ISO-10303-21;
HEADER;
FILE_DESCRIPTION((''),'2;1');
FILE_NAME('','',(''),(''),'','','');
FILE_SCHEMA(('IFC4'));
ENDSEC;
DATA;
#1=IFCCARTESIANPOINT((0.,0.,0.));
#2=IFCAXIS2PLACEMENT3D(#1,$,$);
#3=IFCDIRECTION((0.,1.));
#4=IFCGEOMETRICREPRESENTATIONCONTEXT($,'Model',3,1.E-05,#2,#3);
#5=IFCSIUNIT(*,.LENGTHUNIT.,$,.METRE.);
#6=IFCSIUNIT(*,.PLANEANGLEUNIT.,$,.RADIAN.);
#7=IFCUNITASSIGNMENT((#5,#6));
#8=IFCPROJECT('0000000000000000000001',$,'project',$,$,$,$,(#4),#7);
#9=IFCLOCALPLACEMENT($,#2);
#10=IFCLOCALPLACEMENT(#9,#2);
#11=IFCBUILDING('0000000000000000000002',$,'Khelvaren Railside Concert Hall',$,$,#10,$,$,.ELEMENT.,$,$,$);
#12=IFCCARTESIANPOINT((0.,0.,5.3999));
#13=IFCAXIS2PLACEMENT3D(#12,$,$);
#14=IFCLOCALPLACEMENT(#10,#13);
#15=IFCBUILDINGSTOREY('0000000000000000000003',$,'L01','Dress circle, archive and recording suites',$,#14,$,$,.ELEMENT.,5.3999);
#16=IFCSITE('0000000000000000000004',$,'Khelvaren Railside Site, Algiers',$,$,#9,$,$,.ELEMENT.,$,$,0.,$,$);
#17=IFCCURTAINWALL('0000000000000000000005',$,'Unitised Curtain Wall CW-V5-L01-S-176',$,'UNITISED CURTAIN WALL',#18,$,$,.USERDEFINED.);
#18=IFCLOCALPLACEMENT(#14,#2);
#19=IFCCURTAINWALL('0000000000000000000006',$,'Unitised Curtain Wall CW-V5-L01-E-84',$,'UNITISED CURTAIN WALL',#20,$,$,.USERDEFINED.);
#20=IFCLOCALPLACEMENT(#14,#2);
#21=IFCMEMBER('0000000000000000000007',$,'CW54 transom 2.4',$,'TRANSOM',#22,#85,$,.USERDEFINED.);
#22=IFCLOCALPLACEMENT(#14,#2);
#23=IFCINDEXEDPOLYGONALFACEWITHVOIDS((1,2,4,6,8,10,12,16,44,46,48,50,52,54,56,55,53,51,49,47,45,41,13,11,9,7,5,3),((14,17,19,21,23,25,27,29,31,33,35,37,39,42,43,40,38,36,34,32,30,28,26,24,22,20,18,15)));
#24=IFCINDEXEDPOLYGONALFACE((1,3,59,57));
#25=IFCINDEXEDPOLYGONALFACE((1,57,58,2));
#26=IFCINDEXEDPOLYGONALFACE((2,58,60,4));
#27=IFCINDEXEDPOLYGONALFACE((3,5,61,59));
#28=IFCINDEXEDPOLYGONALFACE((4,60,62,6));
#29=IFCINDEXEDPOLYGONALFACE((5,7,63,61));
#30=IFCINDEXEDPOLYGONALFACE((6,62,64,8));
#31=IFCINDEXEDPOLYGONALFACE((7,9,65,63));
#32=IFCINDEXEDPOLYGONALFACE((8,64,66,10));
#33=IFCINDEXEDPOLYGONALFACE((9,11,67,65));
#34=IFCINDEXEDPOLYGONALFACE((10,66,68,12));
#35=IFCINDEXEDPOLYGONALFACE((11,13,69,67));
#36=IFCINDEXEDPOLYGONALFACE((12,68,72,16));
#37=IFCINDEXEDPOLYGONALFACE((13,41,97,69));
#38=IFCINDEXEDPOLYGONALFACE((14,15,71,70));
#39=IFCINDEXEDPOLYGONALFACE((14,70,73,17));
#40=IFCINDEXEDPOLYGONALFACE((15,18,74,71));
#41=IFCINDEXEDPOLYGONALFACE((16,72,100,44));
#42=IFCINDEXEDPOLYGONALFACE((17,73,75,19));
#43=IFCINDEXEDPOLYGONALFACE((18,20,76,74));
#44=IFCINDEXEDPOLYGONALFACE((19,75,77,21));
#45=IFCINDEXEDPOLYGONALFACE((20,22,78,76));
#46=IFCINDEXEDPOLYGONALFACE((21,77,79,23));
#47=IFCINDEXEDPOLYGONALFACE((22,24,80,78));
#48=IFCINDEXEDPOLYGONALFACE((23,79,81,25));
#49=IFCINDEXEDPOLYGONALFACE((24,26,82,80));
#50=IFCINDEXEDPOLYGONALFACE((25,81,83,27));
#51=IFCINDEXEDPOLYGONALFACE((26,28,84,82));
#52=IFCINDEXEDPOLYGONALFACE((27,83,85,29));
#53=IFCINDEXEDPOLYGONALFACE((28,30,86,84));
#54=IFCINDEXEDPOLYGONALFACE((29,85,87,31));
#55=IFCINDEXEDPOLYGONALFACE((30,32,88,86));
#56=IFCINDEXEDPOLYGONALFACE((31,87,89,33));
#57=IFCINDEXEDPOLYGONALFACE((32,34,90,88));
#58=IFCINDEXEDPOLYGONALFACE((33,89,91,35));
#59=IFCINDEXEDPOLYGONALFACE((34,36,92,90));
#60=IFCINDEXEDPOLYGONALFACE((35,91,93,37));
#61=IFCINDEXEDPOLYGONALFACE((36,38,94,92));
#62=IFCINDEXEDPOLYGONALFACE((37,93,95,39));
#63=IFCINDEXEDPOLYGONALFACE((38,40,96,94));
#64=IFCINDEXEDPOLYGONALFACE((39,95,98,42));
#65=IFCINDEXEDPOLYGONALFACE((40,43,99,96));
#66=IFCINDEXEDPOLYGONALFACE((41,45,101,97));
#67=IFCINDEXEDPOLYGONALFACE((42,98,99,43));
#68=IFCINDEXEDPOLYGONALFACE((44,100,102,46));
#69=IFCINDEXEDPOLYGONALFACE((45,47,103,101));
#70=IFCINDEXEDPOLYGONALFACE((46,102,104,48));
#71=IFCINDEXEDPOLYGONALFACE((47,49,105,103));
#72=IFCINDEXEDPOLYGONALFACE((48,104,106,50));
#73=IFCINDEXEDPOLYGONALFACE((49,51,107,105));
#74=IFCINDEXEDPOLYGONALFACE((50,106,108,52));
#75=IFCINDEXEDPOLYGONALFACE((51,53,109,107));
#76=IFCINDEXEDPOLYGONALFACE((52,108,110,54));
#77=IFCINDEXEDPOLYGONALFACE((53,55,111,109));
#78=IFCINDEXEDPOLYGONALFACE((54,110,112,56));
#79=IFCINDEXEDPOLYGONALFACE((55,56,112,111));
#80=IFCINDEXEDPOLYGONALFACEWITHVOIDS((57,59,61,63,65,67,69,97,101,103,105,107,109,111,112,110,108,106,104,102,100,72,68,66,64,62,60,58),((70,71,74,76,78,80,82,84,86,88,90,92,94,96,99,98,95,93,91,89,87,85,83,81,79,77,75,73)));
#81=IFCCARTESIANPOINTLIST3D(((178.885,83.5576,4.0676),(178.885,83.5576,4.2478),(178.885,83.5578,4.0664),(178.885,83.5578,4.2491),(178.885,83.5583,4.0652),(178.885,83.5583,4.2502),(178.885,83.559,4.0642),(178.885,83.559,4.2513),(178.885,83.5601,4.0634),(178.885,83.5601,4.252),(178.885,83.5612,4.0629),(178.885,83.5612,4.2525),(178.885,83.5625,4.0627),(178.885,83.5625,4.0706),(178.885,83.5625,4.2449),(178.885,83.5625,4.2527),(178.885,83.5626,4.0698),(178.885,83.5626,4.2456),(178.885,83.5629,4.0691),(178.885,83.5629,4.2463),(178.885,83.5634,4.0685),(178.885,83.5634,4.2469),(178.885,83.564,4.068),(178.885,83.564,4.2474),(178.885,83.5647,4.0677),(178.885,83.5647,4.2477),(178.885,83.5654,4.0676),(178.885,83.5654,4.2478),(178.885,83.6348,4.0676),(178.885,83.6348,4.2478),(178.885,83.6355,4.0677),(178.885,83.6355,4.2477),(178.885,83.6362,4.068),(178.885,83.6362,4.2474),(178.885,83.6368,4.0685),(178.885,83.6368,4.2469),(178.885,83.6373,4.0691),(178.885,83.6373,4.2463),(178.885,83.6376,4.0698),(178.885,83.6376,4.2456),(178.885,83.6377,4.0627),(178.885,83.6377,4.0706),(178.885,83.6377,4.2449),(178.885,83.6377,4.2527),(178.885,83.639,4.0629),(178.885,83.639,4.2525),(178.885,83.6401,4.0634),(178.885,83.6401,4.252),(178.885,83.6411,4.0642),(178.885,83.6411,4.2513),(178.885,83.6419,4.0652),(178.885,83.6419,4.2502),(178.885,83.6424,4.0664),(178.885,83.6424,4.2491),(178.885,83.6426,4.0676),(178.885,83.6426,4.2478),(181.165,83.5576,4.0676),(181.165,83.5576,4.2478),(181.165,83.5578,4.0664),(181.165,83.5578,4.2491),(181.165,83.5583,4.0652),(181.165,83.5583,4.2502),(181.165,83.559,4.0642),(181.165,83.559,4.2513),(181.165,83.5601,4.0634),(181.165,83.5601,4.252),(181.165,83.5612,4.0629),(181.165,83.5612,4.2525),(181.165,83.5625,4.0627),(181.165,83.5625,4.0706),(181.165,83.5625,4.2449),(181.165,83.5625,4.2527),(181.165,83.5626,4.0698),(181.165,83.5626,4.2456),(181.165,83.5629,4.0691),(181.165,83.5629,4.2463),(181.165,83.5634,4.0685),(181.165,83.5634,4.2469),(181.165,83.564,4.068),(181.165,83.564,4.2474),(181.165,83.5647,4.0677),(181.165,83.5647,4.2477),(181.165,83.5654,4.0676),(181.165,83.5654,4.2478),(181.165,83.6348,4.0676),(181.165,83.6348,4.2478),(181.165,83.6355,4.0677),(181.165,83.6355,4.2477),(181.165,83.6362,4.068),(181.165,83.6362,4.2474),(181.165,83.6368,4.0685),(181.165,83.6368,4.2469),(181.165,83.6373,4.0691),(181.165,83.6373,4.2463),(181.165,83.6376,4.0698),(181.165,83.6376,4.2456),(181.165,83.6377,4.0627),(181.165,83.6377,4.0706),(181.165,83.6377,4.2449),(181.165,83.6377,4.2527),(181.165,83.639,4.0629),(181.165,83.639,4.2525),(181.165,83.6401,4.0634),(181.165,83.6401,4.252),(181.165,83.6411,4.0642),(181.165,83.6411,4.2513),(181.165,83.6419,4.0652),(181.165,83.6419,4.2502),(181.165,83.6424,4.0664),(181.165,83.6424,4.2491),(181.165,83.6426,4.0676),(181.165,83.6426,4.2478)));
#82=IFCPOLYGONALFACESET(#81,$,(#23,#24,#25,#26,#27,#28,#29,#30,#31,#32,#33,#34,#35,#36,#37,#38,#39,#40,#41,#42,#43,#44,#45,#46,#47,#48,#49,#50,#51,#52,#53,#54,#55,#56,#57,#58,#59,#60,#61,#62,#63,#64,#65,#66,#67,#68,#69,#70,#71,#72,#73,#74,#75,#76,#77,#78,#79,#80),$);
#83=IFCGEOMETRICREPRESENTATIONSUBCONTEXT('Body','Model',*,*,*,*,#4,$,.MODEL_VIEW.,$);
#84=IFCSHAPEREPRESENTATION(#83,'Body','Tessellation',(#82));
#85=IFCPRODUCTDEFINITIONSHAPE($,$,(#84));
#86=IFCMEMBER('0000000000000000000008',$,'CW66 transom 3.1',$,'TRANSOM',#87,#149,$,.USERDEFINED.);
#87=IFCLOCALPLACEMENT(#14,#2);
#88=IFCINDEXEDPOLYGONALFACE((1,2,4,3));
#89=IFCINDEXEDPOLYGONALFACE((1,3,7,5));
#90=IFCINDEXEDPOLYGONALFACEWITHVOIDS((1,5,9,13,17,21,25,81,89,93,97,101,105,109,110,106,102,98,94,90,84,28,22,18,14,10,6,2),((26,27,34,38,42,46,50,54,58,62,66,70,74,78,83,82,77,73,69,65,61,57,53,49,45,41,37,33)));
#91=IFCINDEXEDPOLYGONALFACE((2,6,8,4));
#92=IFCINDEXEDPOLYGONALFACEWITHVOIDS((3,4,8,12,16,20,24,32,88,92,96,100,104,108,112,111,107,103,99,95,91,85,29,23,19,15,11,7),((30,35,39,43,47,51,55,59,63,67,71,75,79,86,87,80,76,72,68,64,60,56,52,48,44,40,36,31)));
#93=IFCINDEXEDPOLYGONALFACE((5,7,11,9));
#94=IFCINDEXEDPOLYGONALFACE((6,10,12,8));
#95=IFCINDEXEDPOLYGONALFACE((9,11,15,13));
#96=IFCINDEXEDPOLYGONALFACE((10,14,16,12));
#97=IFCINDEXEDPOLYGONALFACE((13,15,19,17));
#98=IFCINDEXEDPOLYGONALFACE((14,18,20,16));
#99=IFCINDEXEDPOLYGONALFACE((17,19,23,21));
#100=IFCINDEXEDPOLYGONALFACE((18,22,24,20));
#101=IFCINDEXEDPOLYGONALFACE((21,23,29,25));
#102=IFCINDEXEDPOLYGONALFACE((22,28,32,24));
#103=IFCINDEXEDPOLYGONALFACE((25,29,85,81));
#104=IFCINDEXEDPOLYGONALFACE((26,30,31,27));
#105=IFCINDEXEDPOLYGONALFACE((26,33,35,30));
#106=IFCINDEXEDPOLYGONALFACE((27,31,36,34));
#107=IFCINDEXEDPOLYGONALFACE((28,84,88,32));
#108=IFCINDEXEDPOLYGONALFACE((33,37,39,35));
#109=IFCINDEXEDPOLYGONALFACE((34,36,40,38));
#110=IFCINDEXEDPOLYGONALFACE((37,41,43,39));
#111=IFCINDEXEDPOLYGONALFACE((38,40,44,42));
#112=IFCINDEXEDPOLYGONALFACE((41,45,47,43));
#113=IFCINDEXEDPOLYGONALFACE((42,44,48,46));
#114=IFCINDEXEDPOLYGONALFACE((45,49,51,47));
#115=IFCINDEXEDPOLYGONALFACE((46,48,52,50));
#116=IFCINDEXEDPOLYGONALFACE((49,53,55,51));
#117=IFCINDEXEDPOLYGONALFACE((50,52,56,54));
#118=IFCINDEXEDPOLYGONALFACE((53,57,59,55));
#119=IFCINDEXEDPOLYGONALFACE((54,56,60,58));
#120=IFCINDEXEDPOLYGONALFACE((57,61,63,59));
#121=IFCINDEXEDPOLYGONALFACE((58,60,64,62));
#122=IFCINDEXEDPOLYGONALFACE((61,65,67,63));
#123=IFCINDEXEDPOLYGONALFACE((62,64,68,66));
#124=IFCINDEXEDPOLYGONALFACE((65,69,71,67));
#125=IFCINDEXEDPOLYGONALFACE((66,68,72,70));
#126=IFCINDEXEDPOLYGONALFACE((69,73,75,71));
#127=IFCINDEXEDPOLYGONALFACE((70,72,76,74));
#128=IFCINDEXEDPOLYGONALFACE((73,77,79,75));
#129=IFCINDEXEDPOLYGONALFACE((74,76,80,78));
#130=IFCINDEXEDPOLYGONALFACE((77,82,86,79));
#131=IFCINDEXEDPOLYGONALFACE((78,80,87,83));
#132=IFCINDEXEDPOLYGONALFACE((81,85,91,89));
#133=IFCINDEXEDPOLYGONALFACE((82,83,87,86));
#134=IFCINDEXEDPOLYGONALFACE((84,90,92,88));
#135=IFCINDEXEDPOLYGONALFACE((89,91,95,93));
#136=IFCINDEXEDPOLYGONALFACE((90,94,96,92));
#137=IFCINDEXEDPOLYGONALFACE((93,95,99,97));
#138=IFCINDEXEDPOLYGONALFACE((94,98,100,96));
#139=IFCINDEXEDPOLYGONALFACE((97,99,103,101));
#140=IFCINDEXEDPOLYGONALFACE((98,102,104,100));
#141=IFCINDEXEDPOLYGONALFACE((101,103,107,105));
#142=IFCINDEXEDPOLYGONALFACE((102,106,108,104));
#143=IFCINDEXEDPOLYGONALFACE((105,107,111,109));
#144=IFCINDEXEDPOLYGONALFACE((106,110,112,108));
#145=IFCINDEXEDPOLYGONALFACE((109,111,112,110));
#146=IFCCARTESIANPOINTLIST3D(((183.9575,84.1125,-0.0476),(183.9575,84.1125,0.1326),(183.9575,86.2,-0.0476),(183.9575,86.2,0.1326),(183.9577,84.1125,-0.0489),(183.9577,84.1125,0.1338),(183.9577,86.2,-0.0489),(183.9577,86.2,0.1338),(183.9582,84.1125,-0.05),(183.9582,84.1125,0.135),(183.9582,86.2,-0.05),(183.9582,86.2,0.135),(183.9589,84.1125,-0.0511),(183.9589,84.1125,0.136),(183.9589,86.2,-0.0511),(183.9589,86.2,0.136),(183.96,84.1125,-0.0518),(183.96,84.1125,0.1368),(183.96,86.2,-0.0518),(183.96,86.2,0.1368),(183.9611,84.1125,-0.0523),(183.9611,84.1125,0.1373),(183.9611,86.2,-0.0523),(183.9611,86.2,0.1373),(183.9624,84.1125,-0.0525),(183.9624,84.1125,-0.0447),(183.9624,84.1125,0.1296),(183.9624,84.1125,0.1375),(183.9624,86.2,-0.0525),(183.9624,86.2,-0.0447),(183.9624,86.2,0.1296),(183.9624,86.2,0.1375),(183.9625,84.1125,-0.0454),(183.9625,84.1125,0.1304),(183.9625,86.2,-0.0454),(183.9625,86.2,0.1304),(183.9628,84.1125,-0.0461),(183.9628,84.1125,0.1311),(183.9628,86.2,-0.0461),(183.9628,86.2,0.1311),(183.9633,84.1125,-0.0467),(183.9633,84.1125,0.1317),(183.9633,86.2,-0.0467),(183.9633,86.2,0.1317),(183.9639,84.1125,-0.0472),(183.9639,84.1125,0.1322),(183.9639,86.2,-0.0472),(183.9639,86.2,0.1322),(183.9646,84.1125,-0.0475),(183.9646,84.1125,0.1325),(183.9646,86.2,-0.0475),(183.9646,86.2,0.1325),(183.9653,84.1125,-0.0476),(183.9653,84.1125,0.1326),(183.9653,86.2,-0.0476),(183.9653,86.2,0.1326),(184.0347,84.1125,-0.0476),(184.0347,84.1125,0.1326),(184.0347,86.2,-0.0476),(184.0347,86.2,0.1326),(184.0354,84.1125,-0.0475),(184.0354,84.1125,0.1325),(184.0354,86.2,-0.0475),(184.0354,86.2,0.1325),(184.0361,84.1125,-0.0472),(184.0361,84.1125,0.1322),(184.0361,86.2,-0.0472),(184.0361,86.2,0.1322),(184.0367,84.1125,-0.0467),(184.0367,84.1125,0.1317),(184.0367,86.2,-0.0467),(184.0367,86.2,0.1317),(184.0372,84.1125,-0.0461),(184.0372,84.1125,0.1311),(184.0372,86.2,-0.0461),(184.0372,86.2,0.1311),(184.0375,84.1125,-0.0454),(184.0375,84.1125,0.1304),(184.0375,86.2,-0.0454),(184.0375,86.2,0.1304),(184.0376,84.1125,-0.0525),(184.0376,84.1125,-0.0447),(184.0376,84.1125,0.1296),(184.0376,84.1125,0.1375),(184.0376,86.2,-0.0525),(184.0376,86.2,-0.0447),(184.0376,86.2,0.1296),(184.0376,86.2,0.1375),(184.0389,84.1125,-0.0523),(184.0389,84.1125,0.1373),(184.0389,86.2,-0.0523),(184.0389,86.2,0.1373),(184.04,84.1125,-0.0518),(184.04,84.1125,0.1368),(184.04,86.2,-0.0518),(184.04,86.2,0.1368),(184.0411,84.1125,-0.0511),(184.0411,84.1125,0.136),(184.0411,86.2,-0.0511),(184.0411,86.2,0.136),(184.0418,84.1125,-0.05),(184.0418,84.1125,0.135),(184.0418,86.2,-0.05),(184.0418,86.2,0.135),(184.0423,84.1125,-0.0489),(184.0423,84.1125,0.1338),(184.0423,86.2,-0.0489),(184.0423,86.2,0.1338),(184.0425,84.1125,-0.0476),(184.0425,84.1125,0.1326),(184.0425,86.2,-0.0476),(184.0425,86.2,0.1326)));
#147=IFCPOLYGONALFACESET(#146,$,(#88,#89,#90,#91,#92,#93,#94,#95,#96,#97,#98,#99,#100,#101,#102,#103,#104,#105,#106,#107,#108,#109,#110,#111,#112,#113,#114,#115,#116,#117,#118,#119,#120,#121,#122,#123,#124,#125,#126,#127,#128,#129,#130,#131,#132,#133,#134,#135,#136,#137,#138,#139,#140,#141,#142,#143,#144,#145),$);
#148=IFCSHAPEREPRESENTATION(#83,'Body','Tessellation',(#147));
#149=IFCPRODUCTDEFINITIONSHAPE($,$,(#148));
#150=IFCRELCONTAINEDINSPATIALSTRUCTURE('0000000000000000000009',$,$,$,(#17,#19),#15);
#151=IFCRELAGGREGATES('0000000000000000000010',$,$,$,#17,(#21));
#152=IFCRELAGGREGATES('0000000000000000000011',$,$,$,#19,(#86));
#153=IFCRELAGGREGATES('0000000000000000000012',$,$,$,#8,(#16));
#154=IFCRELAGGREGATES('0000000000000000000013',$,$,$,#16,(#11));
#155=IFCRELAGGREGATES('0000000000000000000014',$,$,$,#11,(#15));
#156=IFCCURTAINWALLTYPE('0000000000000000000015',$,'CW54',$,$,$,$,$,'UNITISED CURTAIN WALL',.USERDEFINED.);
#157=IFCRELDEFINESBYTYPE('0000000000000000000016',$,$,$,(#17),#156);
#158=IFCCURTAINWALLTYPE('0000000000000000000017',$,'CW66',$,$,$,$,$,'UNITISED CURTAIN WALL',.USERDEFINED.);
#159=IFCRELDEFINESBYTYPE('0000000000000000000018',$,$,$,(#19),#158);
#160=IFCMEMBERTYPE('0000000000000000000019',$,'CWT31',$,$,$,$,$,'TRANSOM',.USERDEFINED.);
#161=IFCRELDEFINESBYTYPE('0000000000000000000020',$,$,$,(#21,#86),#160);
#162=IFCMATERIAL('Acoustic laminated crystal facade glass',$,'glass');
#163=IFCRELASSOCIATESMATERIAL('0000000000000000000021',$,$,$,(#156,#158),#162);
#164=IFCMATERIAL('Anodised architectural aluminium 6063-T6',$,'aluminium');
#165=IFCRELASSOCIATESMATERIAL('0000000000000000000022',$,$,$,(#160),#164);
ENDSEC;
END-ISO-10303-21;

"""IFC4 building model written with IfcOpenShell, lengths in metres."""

from ifc_helpers import new_model, si_unit, direction, frame, origin, origin_2d, place, context, subcontext, project, spatial, hollow_rectangle, extrude, material, material_profile, profile_set, type_object, element, aggregate, save


model = new_model("IFC4")

# Units and contexts
model_context = context("Model", 3, precision=1e-05, world=origin(), true_north=direction((0.0, 1.0)))
body_context = subcontext(model_context, "Body", "Model", "MODEL_VIEW")
ifc_project = project(units=[si_unit("LENGTHUNIT", "METRE"), si_unit("PLANEANGLEUNIT", "RADIAN")], contexts=[model_context])

# Site, building, storey
site_placement = place(None, origin())
site = spatial("IfcSite", under=ifc_project, at=site_placement, Name="Khelvaren Railside Site, Algiers", CompositionType="ELEMENT", RefElevation=0.0)
building_placement = place(site_placement, origin())
building = spatial("IfcBuilding", under=site, at=building_placement, Name="Khelvaren Railside Concert Hall", CompositionType="ELEMENT")
storey_placement = place(building_placement, frame((0.0, 0.0, 5.3999)))
storey = spatial("IfcBuildingStorey", under=building, at=storey_placement, Name="L01", Description="Dress circle, archive and recording suites", CompositionType="ELEMENT", Elevation=5.3999)

# Curtain walls
ifc_material_1 = material(Name="Acoustic laminated crystal facade glass", Category="glass")
curtain_wall_type_1 = type_object("IfcCurtainWallType", Name="CW54", ElementType="UNITISED CURTAIN WALL", PredefinedType="USERDEFINED", material=ifc_material_1)
curtain_wall_1_placement = place(storey_placement, origin())
curtain_wall_1 = element("IfcCurtainWall", 1, at=curtain_wall_1_placement, inside=storey, type_object=curtain_wall_type_1, Name="Unitised Curtain Wall CW-V5-L01-S-176", ObjectType="UNITISED CURTAIN WALL", PredefinedType="USERDEFINED")
ifc_material_2 = material(Name="Anodised architectural aluminium 6063-T6", Category="aluminium")
curtain_wall_type_2 = type_object("IfcCurtainWallType", Name="CW66", ElementType="UNITISED CURTAIN WALL", PredefinedType="USERDEFINED", material=ifc_material_1)
curtain_wall_2_placement = place(storey_placement, origin())
curtain_wall_2 = element("IfcCurtainWall", 2, at=curtain_wall_2_placement, inside=storey, type_object=curtain_wall_type_2, Name="Unitised Curtain Wall CW-V5-L01-E-84", ObjectType="UNITISED CURTAIN WALL", PredefinedType="USERDEFINED")

# Members
ifc_material_profile_1 = material_profile(ifc_material_2, hollow_rectangle(XDim=0.085, YDim=0.1899, WallThickness=0.0049, InnerFilletRadius=0.0029, OuterFilletRadius=0.0049, at=origin_2d()), Name="CWT 85x190x5")
ifc_profile_set_1 = profile_set([ifc_material_profile_1], Name="Anodised architectural aluminium 6063-T6")
member_type_1 = type_object("IfcMemberType", Name="CWT31", ElementType="TRANSOM", PredefinedType="USERDEFINED", material=ifc_profile_set_1)
member_1_placement = place(storey_placement, frame((181.165, 83.6001, 4.1577), z_axis=(-1.0, 0.0, 0.0), x_axis=(0.0, -1.0, 0.0)))
member_1 = element("IfcMember", 3, at=member_1_placement, type_object=member_type_1, Name="CW54 transom 2.4", ObjectType="TRANSOM", PredefinedType="USERDEFINED", context=body_context, shape_type="SweptSolid", body=[
    extrude(hollow_rectangle(XDim=0.085, YDim=0.1899, WallThickness=0.0049, InnerFilletRadius=0.0029, OuterFilletRadius=0.0049, at=origin_2d()), origin(), (0.0, 0.0, 1.0), 2.28),
])
member_2_placement = place(storey_placement, frame((184.0, 86.2, 0.0425), z_axis=(0.0, -1.0, 0.0), x_axis=(1.0, 0.0, 0.0)))
member_2 = element("IfcMember", 4, at=member_2_placement, type_object=member_type_1, Name="CW66 transom 3.1", ObjectType="TRANSOM", PredefinedType="USERDEFINED", context=body_context, shape_type="SweptSolid", body=[
    extrude(hollow_rectangle(XDim=0.085, YDim=0.1899, WallThickness=0.0049, InnerFilletRadius=0.0029, OuterFilletRadius=0.0049, at=origin_2d()), origin(), (0.0, 0.0, 1.0), 2.0874),
])

aggregate(curtain_wall_1, [member_1])
aggregate(curtain_wall_2, [member_2])

save(model, "model.ifc")
